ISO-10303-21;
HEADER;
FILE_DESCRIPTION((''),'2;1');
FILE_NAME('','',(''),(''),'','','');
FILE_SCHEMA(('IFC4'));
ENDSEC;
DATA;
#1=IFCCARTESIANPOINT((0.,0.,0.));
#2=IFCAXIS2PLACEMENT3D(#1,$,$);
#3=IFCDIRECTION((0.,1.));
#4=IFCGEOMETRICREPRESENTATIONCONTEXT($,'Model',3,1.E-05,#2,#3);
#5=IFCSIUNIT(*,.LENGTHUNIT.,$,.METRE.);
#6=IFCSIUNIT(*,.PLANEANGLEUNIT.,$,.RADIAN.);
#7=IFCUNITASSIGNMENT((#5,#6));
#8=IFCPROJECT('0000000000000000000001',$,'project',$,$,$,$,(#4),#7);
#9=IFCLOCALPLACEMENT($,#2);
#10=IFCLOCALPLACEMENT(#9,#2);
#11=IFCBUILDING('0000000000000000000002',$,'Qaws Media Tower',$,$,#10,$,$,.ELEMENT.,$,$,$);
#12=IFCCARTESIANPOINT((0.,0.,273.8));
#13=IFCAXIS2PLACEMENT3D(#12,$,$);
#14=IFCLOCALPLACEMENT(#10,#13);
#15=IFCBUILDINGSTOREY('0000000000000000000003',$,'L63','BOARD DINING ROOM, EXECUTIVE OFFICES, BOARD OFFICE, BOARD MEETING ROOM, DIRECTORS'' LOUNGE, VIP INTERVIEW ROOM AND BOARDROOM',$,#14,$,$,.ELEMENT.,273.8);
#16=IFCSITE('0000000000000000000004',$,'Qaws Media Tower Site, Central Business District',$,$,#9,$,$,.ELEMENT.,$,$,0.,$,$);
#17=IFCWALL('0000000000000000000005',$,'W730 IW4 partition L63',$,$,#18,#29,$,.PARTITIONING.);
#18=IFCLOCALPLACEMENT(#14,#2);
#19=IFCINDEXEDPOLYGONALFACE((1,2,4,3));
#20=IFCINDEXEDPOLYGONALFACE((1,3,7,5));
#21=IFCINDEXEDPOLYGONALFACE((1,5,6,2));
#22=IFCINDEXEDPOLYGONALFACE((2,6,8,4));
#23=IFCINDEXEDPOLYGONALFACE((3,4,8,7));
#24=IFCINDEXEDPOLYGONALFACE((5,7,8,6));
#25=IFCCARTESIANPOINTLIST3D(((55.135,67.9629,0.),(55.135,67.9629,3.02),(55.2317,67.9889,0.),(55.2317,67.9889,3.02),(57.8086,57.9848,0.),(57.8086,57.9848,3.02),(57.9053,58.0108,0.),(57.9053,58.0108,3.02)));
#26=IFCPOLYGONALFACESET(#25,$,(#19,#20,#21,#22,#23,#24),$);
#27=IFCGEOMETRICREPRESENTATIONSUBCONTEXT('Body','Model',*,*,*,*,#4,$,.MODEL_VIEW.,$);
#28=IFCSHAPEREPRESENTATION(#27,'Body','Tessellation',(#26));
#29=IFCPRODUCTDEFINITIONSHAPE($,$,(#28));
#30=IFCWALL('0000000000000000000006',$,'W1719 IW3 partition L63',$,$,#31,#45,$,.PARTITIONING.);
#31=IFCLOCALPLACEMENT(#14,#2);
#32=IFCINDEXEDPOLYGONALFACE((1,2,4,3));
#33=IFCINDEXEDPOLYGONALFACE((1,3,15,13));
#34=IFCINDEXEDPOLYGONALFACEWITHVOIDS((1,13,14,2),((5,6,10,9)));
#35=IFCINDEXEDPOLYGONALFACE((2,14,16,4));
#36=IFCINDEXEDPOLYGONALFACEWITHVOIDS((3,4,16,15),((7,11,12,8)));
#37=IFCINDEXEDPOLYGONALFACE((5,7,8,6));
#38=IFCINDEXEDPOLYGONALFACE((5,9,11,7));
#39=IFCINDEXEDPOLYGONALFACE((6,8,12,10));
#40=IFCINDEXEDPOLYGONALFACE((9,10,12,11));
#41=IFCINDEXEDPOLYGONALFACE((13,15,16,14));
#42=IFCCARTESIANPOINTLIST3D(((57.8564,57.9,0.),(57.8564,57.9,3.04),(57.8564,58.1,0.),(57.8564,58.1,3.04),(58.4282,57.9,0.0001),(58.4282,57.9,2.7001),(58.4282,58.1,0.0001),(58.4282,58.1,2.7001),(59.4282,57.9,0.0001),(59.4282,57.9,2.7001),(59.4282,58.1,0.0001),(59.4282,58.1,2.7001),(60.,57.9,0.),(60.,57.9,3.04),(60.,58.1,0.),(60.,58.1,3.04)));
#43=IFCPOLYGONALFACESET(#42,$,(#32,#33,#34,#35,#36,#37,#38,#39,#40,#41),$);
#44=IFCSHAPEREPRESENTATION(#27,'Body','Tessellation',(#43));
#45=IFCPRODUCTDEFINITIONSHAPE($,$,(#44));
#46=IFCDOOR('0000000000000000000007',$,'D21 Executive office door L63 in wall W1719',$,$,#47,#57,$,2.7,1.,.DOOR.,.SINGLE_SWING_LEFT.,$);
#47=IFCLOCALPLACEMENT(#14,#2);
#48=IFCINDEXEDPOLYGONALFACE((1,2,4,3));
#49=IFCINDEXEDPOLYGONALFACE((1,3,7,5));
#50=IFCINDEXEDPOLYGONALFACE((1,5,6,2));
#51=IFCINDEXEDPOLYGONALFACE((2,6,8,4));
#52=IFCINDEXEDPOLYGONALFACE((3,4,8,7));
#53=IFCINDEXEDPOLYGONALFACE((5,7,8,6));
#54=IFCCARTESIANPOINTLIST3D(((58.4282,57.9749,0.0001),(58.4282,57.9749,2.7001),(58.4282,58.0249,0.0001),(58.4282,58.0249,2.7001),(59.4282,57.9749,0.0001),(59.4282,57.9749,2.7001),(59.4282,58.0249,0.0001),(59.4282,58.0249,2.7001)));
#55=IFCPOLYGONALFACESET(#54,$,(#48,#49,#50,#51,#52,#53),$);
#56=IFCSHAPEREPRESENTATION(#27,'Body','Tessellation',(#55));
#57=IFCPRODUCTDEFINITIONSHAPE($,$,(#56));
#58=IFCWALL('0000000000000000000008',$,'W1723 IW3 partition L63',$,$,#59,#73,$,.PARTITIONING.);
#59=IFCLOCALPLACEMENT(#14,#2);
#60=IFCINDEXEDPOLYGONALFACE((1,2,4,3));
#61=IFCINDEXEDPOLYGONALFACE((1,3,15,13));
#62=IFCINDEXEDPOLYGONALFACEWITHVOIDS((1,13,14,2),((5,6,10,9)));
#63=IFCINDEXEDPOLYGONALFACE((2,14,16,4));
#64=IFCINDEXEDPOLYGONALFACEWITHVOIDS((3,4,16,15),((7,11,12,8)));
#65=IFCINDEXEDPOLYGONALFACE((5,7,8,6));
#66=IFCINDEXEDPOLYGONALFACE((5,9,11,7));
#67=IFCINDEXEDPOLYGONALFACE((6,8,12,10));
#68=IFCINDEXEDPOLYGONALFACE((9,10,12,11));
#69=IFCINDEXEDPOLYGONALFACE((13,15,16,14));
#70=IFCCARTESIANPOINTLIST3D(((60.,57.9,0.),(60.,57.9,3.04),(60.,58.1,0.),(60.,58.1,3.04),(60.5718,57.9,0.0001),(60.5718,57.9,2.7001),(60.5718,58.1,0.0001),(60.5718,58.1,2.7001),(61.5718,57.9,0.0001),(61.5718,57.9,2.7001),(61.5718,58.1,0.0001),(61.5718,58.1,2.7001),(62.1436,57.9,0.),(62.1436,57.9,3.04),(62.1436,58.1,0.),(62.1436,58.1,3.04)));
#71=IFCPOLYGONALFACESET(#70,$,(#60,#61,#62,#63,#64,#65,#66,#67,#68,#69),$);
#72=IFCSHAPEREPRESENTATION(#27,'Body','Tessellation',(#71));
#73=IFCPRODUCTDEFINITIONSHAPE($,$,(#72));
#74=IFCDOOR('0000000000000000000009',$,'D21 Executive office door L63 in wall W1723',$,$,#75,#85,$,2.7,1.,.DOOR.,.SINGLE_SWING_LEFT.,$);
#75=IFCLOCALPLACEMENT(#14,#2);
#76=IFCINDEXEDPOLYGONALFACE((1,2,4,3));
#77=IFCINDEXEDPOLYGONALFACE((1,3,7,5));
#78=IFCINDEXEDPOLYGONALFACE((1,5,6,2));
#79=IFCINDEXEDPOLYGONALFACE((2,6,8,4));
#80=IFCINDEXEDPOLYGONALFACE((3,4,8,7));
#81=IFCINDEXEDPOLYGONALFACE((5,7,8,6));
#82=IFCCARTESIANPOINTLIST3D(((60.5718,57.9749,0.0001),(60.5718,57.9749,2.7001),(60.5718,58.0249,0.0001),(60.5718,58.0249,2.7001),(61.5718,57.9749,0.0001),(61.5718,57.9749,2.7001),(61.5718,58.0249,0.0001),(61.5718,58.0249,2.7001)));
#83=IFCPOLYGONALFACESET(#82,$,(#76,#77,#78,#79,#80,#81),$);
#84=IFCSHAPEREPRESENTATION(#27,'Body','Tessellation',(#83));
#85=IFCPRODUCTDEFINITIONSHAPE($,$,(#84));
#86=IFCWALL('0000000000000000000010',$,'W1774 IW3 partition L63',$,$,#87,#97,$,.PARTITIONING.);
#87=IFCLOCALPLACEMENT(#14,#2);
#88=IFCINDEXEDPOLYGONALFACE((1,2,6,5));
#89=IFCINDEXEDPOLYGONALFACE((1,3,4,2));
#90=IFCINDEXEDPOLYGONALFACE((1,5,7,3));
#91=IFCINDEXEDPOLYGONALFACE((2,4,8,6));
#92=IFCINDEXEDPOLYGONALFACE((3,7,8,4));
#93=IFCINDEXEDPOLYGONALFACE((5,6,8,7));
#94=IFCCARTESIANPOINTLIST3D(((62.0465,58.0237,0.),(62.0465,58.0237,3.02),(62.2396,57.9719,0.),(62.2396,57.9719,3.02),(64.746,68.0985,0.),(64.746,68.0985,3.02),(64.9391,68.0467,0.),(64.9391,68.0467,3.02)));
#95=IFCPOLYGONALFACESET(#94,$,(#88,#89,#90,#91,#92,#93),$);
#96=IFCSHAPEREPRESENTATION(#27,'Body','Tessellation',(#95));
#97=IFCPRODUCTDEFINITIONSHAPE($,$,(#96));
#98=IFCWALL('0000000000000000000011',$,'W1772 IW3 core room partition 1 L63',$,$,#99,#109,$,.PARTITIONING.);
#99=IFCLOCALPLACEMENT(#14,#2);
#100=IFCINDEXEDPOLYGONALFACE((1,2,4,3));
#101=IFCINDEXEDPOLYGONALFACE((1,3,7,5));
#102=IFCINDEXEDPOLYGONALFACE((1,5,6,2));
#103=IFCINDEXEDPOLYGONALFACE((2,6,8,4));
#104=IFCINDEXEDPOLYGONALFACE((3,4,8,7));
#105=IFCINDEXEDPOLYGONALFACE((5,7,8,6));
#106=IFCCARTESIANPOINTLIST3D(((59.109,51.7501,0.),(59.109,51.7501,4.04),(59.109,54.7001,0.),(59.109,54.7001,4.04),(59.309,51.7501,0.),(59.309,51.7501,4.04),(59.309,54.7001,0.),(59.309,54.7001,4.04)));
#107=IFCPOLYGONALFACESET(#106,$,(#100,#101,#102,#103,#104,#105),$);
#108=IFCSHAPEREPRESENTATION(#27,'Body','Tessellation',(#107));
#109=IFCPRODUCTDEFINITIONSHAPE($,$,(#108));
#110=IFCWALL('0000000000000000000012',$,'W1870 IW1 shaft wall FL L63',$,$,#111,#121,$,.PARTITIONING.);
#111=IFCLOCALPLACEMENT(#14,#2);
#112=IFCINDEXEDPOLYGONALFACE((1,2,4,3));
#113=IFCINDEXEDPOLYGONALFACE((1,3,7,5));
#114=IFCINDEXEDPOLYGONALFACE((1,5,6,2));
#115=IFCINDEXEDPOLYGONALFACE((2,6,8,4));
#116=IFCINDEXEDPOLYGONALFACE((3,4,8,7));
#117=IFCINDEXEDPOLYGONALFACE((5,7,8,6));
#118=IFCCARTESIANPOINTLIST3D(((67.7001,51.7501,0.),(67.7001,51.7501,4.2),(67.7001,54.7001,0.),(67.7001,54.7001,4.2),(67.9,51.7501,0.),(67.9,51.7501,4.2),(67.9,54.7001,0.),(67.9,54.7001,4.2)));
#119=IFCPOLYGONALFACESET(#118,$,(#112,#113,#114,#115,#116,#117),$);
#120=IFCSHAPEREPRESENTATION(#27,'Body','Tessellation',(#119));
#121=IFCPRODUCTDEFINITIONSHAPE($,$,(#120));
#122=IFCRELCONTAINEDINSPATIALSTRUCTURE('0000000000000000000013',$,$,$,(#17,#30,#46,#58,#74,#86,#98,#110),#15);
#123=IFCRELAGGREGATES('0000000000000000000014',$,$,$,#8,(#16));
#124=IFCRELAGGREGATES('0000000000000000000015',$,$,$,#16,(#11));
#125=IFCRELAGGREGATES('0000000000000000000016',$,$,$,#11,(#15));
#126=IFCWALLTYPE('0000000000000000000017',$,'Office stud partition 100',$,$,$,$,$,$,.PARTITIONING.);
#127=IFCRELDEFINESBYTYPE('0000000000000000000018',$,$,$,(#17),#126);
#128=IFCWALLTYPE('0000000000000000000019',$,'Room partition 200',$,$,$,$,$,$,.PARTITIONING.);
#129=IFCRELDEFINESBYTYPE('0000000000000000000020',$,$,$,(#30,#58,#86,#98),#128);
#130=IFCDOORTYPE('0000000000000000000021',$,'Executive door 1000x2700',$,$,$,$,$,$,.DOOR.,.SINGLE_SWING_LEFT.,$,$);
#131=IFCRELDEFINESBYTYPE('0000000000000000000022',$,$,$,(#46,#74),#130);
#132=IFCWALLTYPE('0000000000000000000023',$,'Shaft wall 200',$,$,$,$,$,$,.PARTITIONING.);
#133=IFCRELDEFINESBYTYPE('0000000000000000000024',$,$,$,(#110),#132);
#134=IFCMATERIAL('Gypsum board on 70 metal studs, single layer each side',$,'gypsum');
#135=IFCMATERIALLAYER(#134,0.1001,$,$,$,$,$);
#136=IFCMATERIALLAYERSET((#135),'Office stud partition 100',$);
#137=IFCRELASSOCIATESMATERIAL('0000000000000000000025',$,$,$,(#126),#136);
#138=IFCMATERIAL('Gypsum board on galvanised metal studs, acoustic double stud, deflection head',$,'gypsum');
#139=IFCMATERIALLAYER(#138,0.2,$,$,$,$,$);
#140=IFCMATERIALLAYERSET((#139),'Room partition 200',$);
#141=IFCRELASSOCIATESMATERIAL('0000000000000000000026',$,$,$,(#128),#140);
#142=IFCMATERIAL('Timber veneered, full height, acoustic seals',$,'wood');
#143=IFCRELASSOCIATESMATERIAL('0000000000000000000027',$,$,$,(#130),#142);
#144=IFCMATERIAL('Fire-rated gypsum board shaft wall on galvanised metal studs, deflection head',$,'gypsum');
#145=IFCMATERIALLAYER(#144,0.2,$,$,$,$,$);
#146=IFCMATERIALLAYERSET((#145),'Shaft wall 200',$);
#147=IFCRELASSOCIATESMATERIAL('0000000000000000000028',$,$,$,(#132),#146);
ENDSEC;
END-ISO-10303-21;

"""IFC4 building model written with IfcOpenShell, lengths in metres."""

from ifc_helpers import new_model, si_unit, direction, frame, frame_2d, origin, place, context, subcontext, project, spatial, rectangle, extrude, material, layer, layer_set, type_object, element, fill, save


model = new_model("IFC4")

# Units and contexts
model_context = context("Model", 3, precision=1e-05, world=origin(), true_north=direction((0.0, 1.0)))
body_context = subcontext(model_context, "Body", "Model", "MODEL_VIEW")
ifc_project = project(units=[si_unit("LENGTHUNIT", "METRE"), si_unit("PLANEANGLEUNIT", "RADIAN")], contexts=[model_context])

# Site, building, storey
site_placement = place(None, origin())
site = spatial("IfcSite", under=ifc_project, at=site_placement, Name="Qaws Media Tower Site, Central Business District", CompositionType="ELEMENT", RefElevation=0.0)
building_placement = place(site_placement, origin())
building = spatial("IfcBuilding", under=site, at=building_placement, Name="Qaws Media Tower", CompositionType="ELEMENT")
storey_placement = place(building_placement, frame((0.0, 0.0, 273.8)))
storey = spatial("IfcBuildingStorey", under=building, at=storey_placement, Name="L63", Description="BOARD DINING ROOM, EXECUTIVE OFFICES, BOARD OFFICE, BOARD MEETING ROOM, DIRECTORS' LOUNGE, VIP INTERVIEW ROOM AND BOARDROOM", CompositionType="ELEMENT", Elevation=273.8)

# Wall
ifc_material_1 = material(Name="Gypsum board on 70 metal studs, single layer each side", Category="gypsum")
ifc_layer_1 = layer(ifc_material_1, 0.1001)
ifc_layer_set_1 = layer_set([ifc_layer_1], Name="Office stud partition 100")
wall_type_1 = type_object("IfcWallType", Name="Office stud partition 100", PredefinedType="PARTITIONING", material=ifc_layer_set_1)
wall_1_placement = place(storey_placement, frame((57.8569, 57.9978, 0.0), z_axis=(0.0, 0.0, 1.0), x_axis=(-0.258817, 0.965926, 0.0)))
element("IfcWall", 1, at=wall_1_placement, inside=storey, type_object=wall_type_1, Name="W730 IW4 partition L63", PredefinedType="PARTITIONING", context=body_context, shape_type="SweptSolid", body=[
    extrude(rectangle(XDim=10.3301, YDim=0.1001, at=frame_2d((5.165, 0.0))), origin(), (0.0, 0.0, 1.0), 3.02),
])

# Walls, openings, doors
ifc_material_2 = material(Name="Gypsum board on galvanised metal studs, acoustic double stud, deflection head", Category="gypsum")
ifc_layer_2 = layer(ifc_material_2, 0.2)
ifc_layer_set_2 = layer_set([ifc_layer_2], Name="Room partition 200")
wall_type_2 = type_object("IfcWallType", Name="Room partition 200", PredefinedType="PARTITIONING", material=ifc_layer_set_2)
wall_2_placement = place(storey_placement, frame((57.8564, 58.0, 0.0), z_axis=(0.0, 0.0, 1.0), x_axis=(1.0, 0.0, 0.0)))
wall_2 = element("IfcWall", 2, at=wall_2_placement, inside=storey, type_object=wall_type_2, Name="W1719 IW3 partition L63", PredefinedType="PARTITIONING", context=body_context, shape_type="SweptSolid", body=[
    extrude(rectangle(XDim=2.1436, YDim=0.2, at=frame_2d((1.0718, 0.0))), origin(), (0.0, 0.0, 1.0), 3.04),
])
opening_1_placement = place(wall_2_placement, frame((0.5718, 0.0, 0.0)))
opening_1 = element("IfcOpeningElement", 3, at=opening_1_placement, cuts=wall_2, PredefinedType="OPENING", context=body_context, shape_type="SweptSolid", body=[
    extrude(rectangle(XDim=1.0, YDim=2.7, at=frame_2d((0.5, 1.3501))), frame((0.0, 0.1099, 0.0), z_axis=(0.0, -1.0, 0.0), x_axis=(1.0, 0.0, 0.0)), (0.0, 0.0, 1.0), 0.22),
])
ifc_material_3 = material(Name="Timber veneered, full height, acoustic seals", Category="wood")
door_type_1 = type_object("IfcDoorType", Name="Executive door 1000x2700", OperationType="SINGLE_SWING_LEFT", PredefinedType="DOOR", material=ifc_material_3)
door_1_placement = place(opening_1_placement, origin())
door_1 = element("IfcDoor", 4, at=door_1_placement, inside=storey, type_object=door_type_1, Name="D21 Executive office door L63 in wall W1719", OperationType="SINGLE_SWING_LEFT", OverallHeight=2.7, OverallWidth=1.0, PredefinedType="DOOR", context=body_context, shape_type="SweptSolid", body=[
    extrude(rectangle(XDim=1.0, YDim=2.7, at=frame_2d((0.5, 1.3501))), frame((0.0, 0.0249, 0.0), z_axis=(0.0, -1.0, 0.0), x_axis=(1.0, 0.0, 0.0)), (0.0, 0.0, 1.0), 0.05),
])
fill(opening_1, door_1)
wall_3_placement = place(storey_placement, frame((60.0, 58.0, 0.0), z_axis=(0.0, 0.0, 1.0), x_axis=(1.0, 0.0, 0.0)))
wall_3 = element("IfcWall", 5, at=wall_3_placement, inside=storey, type_object=wall_type_2, Name="W1723 IW3 partition L63", PredefinedType="PARTITIONING", context=body_context, shape_type="SweptSolid", body=[
    extrude(rectangle(XDim=2.1436, YDim=0.2, at=frame_2d((1.0718, 0.0))), origin(), (0.0, 0.0, 1.0), 3.04),
])
opening_2_placement = place(wall_3_placement, frame((0.5718, 0.0, 0.0)))
opening_2 = element("IfcOpeningElement", 6, at=opening_2_placement, cuts=wall_3, PredefinedType="OPENING", context=body_context, shape_type="SweptSolid", body=[
    extrude(rectangle(XDim=1.0, YDim=2.7, at=frame_2d((0.5, 1.3501))), frame((0.0, 0.1099, 0.0), z_axis=(0.0, -1.0, 0.0), x_axis=(1.0, 0.0, 0.0)), (0.0, 0.0, 1.0), 0.22),
])
door_2_placement = place(opening_2_placement, origin())
door_2 = element("IfcDoor", 7, at=door_2_placement, inside=storey, type_object=door_type_1, Name="D21 Executive office door L63 in wall W1723", OperationType="SINGLE_SWING_LEFT", OverallHeight=2.7, OverallWidth=1.0, PredefinedType="DOOR", context=body_context, shape_type="SweptSolid", body=[
    extrude(rectangle(XDim=1.0, YDim=2.7, at=frame_2d((0.5, 1.3501))), frame((0.0, 0.0249, 0.0), z_axis=(0.0, -1.0, 0.0), x_axis=(1.0, 0.0, 0.0)), (0.0, 0.0, 1.0), 0.05),
])
fill(opening_2, door_2)

# Walls
wall_4_placement = place(storey_placement, frame((62.1431, 57.9978, 0.0), z_axis=(0.0, 0.0, 1.0), x_axis=(0.258815, 0.965927, 0.0)))
element("IfcWall", 8, at=wall_4_placement, inside=storey, type_object=wall_type_2, Name="W1774 IW3 partition L63", PredefinedType="PARTITIONING", context=body_context, shape_type="SweptSolid", body=[
    extrude(rectangle(XDim=10.4302, YDim=0.2, at=frame_2d((5.2151, 0.0))), origin(), (0.0, 0.0, 1.0), 3.02),
])
wall_5_placement = place(storey_placement, frame((59.209, 51.75, 0.0), z_axis=(0.0, 0.0, 1.0), x_axis=(0.0, 1.0, 0.0)))
element("IfcWall", 9, at=wall_5_placement, inside=storey, type_object=wall_type_2, Name="W1772 IW3 core room partition 1 L63", PredefinedType="PARTITIONING", context=body_context, shape_type="SweptSolid", body=[
    extrude(rectangle(XDim=2.95, YDim=0.2, at=frame_2d((1.4751, 0.0))), origin(), (0.0, 0.0, 1.0), 4.04),
])
ifc_material_4 = material(Name="Fire-rated gypsum board shaft wall on galvanised metal studs, deflection head", Category="gypsum")
ifc_layer_3 = layer(ifc_material_4, 0.2)
ifc_layer_set_3 = layer_set([ifc_layer_3], Name="Shaft wall 200")
wall_type_3 = type_object("IfcWallType", Name="Shaft wall 200", PredefinedType="PARTITIONING", material=ifc_layer_set_3)
wall_6_placement = place(storey_placement, frame((67.8, 51.75, 0.0), z_axis=(0.0, 0.0, 1.0), x_axis=(0.0, 1.0, 0.0)))
element("IfcWall", 10, at=wall_6_placement, inside=storey, type_object=wall_type_3, Name="W1870 IW1 shaft wall FL L63", PredefinedType="PARTITIONING", context=body_context, shape_type="SweptSolid", body=[
    extrude(rectangle(XDim=2.95, YDim=0.2, at=frame_2d((1.4751, 0.0))), origin(), (0.0, 0.0, 1.0), 4.2),
])

save(model, "model.ifc")
